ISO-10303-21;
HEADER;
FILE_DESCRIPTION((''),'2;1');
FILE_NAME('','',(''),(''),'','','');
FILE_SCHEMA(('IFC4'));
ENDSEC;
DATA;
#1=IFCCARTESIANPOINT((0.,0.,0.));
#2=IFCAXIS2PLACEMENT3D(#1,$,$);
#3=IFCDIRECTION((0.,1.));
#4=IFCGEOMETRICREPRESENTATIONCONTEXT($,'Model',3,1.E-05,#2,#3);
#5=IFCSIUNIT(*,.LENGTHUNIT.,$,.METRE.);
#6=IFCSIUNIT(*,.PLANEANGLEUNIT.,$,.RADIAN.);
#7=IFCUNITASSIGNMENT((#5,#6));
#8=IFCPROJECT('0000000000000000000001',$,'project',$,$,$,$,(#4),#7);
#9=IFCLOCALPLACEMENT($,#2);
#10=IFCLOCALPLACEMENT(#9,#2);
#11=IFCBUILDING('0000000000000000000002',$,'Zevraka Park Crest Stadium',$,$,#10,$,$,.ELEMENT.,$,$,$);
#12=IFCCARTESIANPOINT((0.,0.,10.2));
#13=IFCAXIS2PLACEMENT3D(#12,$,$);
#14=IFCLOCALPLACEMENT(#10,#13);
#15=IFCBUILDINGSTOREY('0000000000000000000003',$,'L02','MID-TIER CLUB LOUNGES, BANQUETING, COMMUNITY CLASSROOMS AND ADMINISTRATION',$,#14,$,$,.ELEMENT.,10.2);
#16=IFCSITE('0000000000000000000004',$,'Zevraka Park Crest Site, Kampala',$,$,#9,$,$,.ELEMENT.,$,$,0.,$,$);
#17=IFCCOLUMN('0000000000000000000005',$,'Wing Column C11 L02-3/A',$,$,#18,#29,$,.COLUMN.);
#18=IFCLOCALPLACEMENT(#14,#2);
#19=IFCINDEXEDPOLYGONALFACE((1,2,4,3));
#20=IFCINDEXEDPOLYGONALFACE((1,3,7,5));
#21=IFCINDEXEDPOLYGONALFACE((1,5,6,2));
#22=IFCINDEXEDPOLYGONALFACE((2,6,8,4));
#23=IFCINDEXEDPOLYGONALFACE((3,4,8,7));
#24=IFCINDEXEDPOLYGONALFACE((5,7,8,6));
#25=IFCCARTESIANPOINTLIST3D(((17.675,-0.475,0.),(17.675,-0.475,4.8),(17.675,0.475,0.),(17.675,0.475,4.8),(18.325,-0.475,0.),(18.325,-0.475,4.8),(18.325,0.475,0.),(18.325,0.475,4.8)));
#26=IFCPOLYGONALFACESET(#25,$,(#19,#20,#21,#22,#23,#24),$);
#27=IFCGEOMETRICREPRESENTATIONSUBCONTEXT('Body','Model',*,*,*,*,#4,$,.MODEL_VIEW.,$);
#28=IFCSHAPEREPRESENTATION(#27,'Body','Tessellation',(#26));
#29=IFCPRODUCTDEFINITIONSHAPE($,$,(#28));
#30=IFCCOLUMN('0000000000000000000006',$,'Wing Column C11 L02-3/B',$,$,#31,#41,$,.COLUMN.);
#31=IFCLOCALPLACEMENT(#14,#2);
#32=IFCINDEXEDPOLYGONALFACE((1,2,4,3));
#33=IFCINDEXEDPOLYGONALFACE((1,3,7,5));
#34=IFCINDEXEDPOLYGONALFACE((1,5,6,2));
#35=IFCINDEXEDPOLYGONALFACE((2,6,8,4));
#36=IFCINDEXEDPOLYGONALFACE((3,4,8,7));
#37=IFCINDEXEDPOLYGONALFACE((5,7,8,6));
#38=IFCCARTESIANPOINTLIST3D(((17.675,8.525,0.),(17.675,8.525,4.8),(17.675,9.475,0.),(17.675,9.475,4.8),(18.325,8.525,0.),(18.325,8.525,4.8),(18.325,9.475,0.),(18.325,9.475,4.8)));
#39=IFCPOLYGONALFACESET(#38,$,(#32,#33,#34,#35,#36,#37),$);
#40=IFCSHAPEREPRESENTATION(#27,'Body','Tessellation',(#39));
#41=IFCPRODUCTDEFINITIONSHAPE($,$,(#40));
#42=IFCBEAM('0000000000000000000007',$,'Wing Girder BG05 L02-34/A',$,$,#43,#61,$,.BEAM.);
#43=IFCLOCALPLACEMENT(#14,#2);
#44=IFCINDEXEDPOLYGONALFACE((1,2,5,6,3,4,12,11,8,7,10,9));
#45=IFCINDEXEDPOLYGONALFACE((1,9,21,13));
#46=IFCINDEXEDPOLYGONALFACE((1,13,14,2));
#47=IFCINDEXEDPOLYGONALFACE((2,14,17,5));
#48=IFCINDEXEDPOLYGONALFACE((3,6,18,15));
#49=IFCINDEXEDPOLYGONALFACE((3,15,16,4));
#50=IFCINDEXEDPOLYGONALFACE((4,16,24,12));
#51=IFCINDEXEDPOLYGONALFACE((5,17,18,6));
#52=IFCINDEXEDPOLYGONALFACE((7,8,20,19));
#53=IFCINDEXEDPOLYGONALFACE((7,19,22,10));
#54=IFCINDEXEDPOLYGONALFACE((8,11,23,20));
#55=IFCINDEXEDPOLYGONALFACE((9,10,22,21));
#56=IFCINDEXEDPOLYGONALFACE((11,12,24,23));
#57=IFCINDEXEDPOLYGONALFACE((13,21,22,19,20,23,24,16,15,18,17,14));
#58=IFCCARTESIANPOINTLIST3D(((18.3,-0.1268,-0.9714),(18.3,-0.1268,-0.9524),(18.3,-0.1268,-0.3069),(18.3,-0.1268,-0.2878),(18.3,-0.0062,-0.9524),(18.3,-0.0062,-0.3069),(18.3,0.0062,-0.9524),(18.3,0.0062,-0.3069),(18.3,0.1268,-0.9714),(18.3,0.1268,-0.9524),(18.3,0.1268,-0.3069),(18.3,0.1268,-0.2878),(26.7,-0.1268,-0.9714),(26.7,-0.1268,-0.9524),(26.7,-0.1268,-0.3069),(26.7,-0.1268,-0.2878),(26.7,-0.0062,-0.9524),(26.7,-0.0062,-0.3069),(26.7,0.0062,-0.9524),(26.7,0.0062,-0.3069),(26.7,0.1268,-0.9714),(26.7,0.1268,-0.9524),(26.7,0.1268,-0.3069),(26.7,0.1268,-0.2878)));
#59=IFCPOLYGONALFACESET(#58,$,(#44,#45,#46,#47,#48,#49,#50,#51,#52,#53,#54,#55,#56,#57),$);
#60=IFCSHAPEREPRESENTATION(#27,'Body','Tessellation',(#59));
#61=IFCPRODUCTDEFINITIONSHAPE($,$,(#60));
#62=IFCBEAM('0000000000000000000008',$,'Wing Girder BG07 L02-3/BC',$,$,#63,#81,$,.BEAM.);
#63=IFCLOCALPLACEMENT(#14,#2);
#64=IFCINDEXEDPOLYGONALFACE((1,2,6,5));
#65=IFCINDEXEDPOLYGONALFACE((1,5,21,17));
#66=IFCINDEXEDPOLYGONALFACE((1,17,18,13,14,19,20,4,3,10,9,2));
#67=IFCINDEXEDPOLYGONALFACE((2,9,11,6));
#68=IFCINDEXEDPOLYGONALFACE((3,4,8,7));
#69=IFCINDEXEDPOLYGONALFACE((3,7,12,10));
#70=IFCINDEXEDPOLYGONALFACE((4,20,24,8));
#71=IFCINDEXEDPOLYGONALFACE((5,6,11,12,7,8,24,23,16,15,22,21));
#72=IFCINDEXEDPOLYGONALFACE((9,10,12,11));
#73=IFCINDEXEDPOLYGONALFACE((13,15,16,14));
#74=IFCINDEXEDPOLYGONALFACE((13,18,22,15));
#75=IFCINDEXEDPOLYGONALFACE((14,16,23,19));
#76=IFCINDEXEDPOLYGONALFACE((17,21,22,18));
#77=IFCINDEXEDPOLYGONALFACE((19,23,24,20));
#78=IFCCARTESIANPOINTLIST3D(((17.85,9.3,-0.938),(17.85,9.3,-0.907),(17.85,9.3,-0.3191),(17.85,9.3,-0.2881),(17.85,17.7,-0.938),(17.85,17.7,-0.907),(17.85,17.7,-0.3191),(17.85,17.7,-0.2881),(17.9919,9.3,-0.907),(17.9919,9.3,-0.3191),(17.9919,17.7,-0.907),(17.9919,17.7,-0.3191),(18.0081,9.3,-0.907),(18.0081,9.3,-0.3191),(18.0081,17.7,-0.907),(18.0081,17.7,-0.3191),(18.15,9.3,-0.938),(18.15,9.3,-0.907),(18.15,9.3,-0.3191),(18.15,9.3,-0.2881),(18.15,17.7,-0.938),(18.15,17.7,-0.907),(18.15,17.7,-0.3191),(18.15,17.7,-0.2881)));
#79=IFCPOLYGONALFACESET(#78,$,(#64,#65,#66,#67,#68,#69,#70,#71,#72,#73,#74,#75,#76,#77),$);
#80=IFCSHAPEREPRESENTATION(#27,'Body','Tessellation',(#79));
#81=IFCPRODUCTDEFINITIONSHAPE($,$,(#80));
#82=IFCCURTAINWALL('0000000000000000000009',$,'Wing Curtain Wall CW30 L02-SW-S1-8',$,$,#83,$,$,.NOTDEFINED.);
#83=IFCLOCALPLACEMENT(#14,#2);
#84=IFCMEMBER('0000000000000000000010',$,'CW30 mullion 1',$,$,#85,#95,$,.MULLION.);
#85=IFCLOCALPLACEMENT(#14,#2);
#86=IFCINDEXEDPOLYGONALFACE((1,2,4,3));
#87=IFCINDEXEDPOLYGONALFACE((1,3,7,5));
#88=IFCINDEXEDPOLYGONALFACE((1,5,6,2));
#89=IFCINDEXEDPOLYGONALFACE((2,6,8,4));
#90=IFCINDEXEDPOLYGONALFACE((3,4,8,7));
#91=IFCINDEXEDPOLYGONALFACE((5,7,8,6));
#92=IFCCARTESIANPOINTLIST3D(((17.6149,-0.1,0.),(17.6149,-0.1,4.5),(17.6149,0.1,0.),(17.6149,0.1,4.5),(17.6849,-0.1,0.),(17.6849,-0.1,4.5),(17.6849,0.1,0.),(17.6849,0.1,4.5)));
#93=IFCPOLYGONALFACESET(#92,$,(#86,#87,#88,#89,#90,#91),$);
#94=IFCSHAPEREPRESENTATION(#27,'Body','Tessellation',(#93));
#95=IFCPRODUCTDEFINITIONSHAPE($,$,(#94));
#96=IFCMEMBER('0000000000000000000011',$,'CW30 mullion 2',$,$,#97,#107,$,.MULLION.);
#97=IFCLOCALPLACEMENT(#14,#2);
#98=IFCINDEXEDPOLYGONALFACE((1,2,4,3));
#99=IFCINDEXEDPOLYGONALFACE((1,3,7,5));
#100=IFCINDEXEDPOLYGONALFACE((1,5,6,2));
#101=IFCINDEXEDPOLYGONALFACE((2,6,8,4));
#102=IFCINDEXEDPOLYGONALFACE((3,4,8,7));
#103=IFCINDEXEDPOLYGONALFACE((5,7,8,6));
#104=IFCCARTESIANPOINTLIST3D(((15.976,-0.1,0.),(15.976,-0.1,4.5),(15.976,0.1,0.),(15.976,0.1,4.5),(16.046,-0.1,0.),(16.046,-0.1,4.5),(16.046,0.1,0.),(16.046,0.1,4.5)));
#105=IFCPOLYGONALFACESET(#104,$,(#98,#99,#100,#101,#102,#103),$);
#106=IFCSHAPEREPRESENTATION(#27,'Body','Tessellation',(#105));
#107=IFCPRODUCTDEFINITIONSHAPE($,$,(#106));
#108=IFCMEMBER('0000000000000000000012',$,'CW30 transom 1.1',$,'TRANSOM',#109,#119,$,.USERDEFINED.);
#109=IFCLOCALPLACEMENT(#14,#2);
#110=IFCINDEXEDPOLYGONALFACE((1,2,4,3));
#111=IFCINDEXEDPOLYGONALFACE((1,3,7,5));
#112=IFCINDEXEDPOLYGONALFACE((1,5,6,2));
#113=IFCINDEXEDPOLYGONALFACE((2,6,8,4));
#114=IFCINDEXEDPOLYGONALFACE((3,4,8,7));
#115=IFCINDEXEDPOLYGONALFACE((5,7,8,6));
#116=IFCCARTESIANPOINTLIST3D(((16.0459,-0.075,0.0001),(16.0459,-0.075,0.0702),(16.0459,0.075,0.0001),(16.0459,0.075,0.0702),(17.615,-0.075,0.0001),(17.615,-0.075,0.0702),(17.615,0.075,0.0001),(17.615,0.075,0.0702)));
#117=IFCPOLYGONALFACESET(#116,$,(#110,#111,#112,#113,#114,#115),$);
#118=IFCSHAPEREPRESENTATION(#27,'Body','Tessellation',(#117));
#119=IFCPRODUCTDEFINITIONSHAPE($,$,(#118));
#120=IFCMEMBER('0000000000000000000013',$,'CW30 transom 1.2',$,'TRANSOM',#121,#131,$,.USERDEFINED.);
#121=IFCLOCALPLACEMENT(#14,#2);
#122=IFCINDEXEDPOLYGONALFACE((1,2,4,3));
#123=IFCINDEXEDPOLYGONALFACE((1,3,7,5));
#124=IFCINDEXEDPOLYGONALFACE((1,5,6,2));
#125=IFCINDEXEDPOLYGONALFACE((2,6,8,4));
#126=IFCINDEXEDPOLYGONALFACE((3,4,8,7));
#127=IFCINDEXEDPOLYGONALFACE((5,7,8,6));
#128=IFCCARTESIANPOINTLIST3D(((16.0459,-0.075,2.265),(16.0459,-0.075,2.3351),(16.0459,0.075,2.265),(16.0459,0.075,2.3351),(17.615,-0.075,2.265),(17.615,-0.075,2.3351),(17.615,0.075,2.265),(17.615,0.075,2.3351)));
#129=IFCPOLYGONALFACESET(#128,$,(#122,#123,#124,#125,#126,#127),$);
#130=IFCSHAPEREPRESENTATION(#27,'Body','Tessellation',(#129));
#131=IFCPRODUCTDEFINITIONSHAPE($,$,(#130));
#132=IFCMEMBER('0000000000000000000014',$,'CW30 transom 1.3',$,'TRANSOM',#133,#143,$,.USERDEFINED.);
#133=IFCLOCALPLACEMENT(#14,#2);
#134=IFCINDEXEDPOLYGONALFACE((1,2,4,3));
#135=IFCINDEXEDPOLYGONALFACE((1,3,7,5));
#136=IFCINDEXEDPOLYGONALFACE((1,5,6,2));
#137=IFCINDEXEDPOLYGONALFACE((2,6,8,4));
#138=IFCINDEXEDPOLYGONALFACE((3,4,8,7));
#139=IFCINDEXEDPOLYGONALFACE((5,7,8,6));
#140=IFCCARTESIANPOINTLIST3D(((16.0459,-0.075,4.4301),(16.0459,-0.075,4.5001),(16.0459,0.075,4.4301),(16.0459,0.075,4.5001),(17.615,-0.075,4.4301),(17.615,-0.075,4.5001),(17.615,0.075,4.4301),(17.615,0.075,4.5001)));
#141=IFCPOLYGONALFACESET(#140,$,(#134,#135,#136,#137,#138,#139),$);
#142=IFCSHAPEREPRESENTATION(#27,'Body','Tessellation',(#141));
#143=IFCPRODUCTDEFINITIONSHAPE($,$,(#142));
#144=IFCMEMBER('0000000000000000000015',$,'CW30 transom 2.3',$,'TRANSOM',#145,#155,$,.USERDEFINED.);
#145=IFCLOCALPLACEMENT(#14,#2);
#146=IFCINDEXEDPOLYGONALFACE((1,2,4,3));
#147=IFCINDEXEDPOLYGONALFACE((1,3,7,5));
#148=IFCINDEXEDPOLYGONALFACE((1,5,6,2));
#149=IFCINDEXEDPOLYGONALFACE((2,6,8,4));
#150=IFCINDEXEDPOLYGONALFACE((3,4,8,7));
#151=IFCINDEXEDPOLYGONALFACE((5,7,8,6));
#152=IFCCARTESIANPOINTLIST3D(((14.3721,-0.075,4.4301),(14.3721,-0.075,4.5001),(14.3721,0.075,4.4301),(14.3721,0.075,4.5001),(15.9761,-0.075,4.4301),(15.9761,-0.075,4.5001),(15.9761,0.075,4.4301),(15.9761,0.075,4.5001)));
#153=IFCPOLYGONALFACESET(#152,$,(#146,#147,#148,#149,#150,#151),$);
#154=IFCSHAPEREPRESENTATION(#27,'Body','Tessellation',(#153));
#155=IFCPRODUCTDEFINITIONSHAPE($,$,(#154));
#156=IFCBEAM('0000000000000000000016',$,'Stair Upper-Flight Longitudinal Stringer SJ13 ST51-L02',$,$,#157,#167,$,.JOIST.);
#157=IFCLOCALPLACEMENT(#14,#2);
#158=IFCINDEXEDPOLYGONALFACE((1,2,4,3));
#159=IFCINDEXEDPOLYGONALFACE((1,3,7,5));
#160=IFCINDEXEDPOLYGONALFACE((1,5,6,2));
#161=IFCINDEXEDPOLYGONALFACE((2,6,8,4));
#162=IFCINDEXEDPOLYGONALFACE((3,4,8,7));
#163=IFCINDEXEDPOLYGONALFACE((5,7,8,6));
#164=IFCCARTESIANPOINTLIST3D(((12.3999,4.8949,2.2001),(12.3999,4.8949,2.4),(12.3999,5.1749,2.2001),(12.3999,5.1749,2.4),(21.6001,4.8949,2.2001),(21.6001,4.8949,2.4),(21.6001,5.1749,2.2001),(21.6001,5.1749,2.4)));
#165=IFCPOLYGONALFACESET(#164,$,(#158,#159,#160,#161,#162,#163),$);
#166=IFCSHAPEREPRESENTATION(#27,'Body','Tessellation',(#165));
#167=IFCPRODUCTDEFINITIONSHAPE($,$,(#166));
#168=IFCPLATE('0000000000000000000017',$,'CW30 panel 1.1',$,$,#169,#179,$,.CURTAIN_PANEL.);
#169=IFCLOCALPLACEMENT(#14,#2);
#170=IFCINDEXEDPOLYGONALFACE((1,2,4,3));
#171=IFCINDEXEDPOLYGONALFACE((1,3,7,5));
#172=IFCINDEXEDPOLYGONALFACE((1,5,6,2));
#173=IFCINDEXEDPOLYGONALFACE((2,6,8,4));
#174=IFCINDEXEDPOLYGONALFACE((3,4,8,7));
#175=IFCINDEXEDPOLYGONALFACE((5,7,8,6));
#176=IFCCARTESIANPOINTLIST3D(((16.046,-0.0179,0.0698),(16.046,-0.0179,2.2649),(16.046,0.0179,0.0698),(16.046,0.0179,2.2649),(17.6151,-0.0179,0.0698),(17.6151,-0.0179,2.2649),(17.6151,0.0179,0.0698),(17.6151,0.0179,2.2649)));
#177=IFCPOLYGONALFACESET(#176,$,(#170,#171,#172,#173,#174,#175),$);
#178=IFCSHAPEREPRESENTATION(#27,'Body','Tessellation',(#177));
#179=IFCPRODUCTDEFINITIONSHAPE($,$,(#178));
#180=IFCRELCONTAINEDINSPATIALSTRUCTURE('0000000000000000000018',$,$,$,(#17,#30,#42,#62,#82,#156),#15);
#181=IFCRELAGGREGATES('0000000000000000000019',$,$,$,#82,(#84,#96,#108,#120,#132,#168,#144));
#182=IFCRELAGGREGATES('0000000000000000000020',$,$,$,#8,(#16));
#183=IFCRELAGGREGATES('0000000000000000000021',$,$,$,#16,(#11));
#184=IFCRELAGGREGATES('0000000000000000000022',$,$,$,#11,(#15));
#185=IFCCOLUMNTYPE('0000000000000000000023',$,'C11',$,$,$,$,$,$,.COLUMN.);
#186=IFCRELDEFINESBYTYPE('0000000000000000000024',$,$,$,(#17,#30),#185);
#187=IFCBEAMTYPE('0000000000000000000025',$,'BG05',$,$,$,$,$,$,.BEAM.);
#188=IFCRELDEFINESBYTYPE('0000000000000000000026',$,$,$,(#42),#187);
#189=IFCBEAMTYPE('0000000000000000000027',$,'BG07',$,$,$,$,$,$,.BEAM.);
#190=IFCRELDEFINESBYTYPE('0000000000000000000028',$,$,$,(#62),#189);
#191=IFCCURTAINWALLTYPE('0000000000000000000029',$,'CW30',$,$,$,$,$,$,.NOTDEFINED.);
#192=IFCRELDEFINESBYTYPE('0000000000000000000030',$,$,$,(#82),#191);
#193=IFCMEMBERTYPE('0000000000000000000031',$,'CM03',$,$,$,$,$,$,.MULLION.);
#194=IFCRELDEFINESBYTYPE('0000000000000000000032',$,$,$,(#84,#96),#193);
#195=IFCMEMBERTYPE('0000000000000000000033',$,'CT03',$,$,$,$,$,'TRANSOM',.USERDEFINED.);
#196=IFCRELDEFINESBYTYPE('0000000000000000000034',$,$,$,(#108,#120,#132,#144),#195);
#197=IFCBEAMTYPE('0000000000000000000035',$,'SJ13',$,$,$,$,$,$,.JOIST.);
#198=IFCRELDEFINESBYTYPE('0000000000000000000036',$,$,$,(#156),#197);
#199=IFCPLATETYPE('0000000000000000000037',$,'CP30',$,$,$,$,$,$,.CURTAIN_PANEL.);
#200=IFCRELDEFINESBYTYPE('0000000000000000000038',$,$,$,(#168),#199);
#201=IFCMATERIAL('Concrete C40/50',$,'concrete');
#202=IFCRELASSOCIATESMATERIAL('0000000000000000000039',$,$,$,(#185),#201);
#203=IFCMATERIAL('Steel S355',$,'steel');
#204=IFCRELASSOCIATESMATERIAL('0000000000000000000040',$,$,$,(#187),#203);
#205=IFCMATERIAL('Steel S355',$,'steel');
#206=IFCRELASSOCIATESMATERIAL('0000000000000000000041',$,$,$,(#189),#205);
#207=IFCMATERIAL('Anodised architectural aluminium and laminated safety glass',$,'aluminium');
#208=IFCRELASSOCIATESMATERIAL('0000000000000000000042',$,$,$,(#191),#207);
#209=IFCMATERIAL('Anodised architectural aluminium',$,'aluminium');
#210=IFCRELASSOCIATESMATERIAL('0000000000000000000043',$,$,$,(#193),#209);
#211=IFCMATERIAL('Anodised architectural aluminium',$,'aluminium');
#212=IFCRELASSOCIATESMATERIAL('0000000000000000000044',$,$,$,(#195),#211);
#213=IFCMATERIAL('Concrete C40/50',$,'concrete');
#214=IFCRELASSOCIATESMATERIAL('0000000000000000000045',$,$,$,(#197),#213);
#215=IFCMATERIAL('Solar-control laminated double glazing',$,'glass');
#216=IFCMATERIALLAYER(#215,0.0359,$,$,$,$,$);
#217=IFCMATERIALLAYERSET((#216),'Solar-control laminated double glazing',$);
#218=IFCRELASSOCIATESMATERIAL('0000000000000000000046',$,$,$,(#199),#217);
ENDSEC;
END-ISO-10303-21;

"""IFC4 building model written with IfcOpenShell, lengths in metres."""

from ifc_helpers import new_model, si_unit, direction, frame, origin, origin_2d, place, context, subcontext, project, spatial, rectangle, i_section, extrude, material, layer, layer_set, material_profile, profile_set, type_object, element, aggregate, save


model = new_model("IFC4")

# Units and contexts
model_context = context("Model", 3, precision=1e-05, world=origin(), true_north=direction((0.0, 1.0)))
body_context = subcontext(model_context, "Body", "Model", "MODEL_VIEW")
ifc_project = project(units=[si_unit("LENGTHUNIT", "METRE"), si_unit("PLANEANGLEUNIT", "RADIAN")], contexts=[model_context])

# Site, building, storey
site_placement = place(None, origin())
site = spatial("IfcSite", under=ifc_project, at=site_placement, Name="Zevraka Park Crest Site, Kampala", CompositionType="ELEMENT", RefElevation=0.0)
building_placement = place(site_placement, origin())
building = spatial("IfcBuilding", under=site, at=building_placement, Name="Zevraka Park Crest Stadium", CompositionType="ELEMENT")
storey_placement = place(building_placement, frame((0.0, 0.0, 10.2)))
storey = spatial("IfcBuildingStorey", under=building, at=storey_placement, Name="L02", Description="MID-TIER CLUB LOUNGES, BANQUETING, COMMUNITY CLASSROOMS AND ADMINISTRATION", CompositionType="ELEMENT", Elevation=10.2)

# Columns
ifc_material_1 = material(Name="Concrete C40/50", Category="concrete")
ifc_material_profile_1 = material_profile(ifc_material_1, rectangle(XDim=0.6499, YDim=0.95, at=origin_2d()), Name="RC 950x650")
ifc_profile_set_1 = profile_set([ifc_material_profile_1], Name="Concrete C40/50")
column_type = type_object("IfcColumnType", Name="C11", PredefinedType="COLUMN", material=ifc_profile_set_1)
for number, where, z_axis, x_axis, name in (
    (1, (18.0, 0.0, 0.0), (0.0, 0.0, 1.0), (1.0, 0.0, 0.0), "Wing Column C11 L02-3/A"),
    (2, (18.0, 9.0, 0.0), (0.0, 0.0, 1.0), (1.0, 0.0, 0.0), "Wing Column C11 L02-3/B"),
):
    element("IfcColumn", number, at=place(storey_placement, frame(where, z_axis=z_axis, x_axis=x_axis)), inside=storey, type_object=column_type, Name=name, PredefinedType="COLUMN", context=body_context, shape_type="SweptSolid", body=[
        extrude(rectangle(XDim=0.6499, YDim=0.95, at=origin_2d()), origin(), (0.0, 0.0, 1.0), 4.8),
    ])

# Beams
ifc_material_2 = material(Name="Steel S355", Category="steel")
ifc_material_profile_2 = material_profile(ifc_material_2, i_section(OverallWidth=0.2537, OverallDepth=0.6836, WebThickness=0.0125, FlangeThickness=0.019, at=origin_2d()), Name="UKB 686x254x140")
ifc_profile_set_2 = profile_set([ifc_material_profile_2], Name="Steel S355")
beam_type_1 = type_object("IfcBeamType", Name="BG05", PredefinedType="BEAM", material=ifc_profile_set_2)
beam_1_placement = place(storey_placement, frame((18.3, 0.0, -0.6296), z_axis=(1.0, 0.0, 0.0), x_axis=(0.0, 1.0, 0.0)))
element("IfcBeam", 3, at=beam_1_placement, inside=storey, type_object=beam_type_1, Name="Wing Girder BG05 L02-34/A", PredefinedType="BEAM", context=body_context, shape_type="SweptSolid", body=[
    extrude(i_section(OverallWidth=0.2537, OverallDepth=0.6836, WebThickness=0.0125, FlangeThickness=0.019, at=origin_2d()), origin(), (0.0, 0.0, 1.0), 8.3999),
])
ifc_material_3 = material(Name="Steel S355", Category="steel")
ifc_material_profile_3 = material_profile(ifc_material_3, i_section(OverallWidth=0.3, OverallDepth=0.6499, WebThickness=0.0161, FlangeThickness=0.031, at=origin_2d()), Name="HEB 650")
ifc_profile_set_3 = profile_set([ifc_material_profile_3], Name="Steel S355")
beam_type_2 = type_object("IfcBeamType", Name="BG07", PredefinedType="BEAM", material=ifc_profile_set_3)
beam_2_placement = place(storey_placement, frame((18.0, 9.3, -0.613), z_axis=(0.0, 1.0, 0.0), x_axis=(-1.0, 0.0, 0.0)))
element("IfcBeam", 4, at=beam_2_placement, inside=storey, type_object=beam_type_2, Name="Wing Girder BG07 L02-3/BC", PredefinedType="BEAM", context=body_context, shape_type="SweptSolid", body=[
    extrude(i_section(OverallWidth=0.3, OverallDepth=0.6499, WebThickness=0.0161, FlangeThickness=0.031, at=origin_2d()), origin(), (0.0, 0.0, 1.0), 8.3999),
])

# Curtain wall, members
ifc_material_4 = material(Name="Anodised architectural aluminium and laminated safety glass", Category="aluminium")
curtain_wall_type = type_object("IfcCurtainWallType", Name="CW30", PredefinedType="NOTDEFINED", material=ifc_material_4)
curtain_wall_placement = place(storey_placement, origin())
curtain_wall = element("IfcCurtainWall", 5, at=curtain_wall_placement, inside=storey, type_object=curtain_wall_type, Name="Wing Curtain Wall CW30 L02-SW-S1-8", PredefinedType="NOTDEFINED")
ifc_material_5 = material(Name="Anodised architectural aluminium", Category="aluminium")
ifc_material_profile_4 = material_profile(ifc_material_5, rectangle(XDim=0.2, YDim=0.0701, at=origin_2d()), Name="ALU MULLION 200x70")
ifc_profile_set_4 = profile_set([ifc_material_profile_4], Name="Anodised architectural aluminium")
member_type_1 = type_object("IfcMemberType", Name="CM03", PredefinedType="MULLION", material=ifc_profile_set_4)
member_1_placement = place(storey_placement, frame((17.6499, 0.0, 0.0), z_axis=(0.0, 0.0, 1.0), x_axis=(0.0, -1.0, 0.0)))
member_1 = element("IfcMember", 6, at=member_1_placement, type_object=member_type_1, Name="CW30 mullion 1", PredefinedType="MULLION", context=body_context, shape_type="SweptSolid", body=[
    extrude(rectangle(XDim=0.2, YDim=0.0701, at=origin_2d()), origin(), (0.0, 0.0, 1.0), 4.5),
])
member_2_placement = place(storey_placement, frame((16.011, 0.0, 0.0), z_axis=(0.0, 0.0, 1.0), x_axis=(0.0, -1.0, 0.0)))
member_2 = element("IfcMember", 7, at=member_2_placement, type_object=member_type_1, Name="CW30 mullion 2", PredefinedType="MULLION", context=body_context, shape_type="SweptSolid", body=[
    extrude(rectangle(XDim=0.2, YDim=0.0701, at=origin_2d()), origin(), (0.0, 0.0, 1.0), 4.5),
])
ifc_material_6 = material(Name="Anodised architectural aluminium", Category="aluminium")
ifc_material_profile_5 = material_profile(ifc_material_6, rectangle(XDim=0.1499, YDim=0.0701, at=origin_2d()), Name="ALU TRANSOM 150x70")
ifc_profile_set_5 = profile_set([ifc_material_profile_5], Name="Anodised architectural aluminium")
member_type_2 = type_object("IfcMemberType", Name="CT03", ElementType="TRANSOM", PredefinedType="USERDEFINED", material=ifc_profile_set_5)
member_3_placement = place(storey_placement, frame((17.615, 0.0, 0.0352), z_axis=(-1.0, 0.0, 0.0), x_axis=(0.0, -1.0, 0.0)))
member_3 = element("IfcMember", 8, at=member_3_placement, type_object=member_type_2, Name="CW30 transom 1.1", ObjectType="TRANSOM", PredefinedType="USERDEFINED", context=body_context, shape_type="SweptSolid", body=[
    extrude(rectangle(XDim=0.1499, YDim=0.0701, at=origin_2d()), origin(), (0.0, 0.0, 1.0), 1.5691),
])
member_4_placement = place(storey_placement, frame((17.615, 0.0, 2.3), z_axis=(-1.0, 0.0, 0.0), x_axis=(0.0, -1.0, 0.0)))
member_4 = element("IfcMember", 9, at=member_4_placement, type_object=member_type_2, Name="CW30 transom 1.2", ObjectType="TRANSOM", PredefinedType="USERDEFINED", context=body_context, shape_type="SweptSolid", body=[
    extrude(rectangle(XDim=0.1499, YDim=0.0701, at=origin_2d()), origin(), (0.0, 0.0, 1.0), 1.5691),
])
member_5_placement = place(storey_placement, frame((17.615, 0.0, 4.4651), z_axis=(-1.0, 0.0, 0.0), x_axis=(0.0, -1.0, 0.0)))
member_5 = element("IfcMember", 10, at=member_5_placement, type_object=member_type_2, Name="CW30 transom 1.3", ObjectType="TRANSOM", PredefinedType="USERDEFINED", context=body_context, shape_type="SweptSolid", body=[
    extrude(rectangle(XDim=0.1499, YDim=0.0701, at=origin_2d()), origin(), (0.0, 0.0, 1.0), 1.5691),
])
member_6_placement = place(storey_placement, frame((15.9761, 0.0, 4.4651), z_axis=(-1.0, 0.0, 0.0), x_axis=(0.0, -1.0, 0.0)))
member_6 = element("IfcMember", 11, at=member_6_placement, type_object=member_type_2, Name="CW30 transom 2.3", ObjectType="TRANSOM", PredefinedType="USERDEFINED", context=body_context, shape_type="SweptSolid", body=[
    extrude(rectangle(XDim=0.1499, YDim=0.0701, at=origin_2d()), origin(), (0.0, 0.0, 1.0), 1.604),
])

# Beam
ifc_material_7 = material(Name="Concrete C40/50", Category="concrete")
ifc_material_profile_6 = material_profile(ifc_material_7, rectangle(XDim=0.28, YDim=0.2, at=origin_2d()), Name="RC 200x280")
ifc_profile_set_6 = profile_set([ifc_material_profile_6], Name="Concrete C40/50")
beam_type_3 = type_object("IfcBeamType", Name="SJ13", PredefinedType="JOIST", material=ifc_profile_set_6)
beam_3_placement = place(storey_placement, frame((12.3999, 5.0349, 2.3), z_axis=(1.0, 0.0, 0.0), x_axis=(0.0, 1.0, 0.0)))
element("IfcBeam", 12, at=beam_3_placement, inside=storey, type_object=beam_type_3, Name="Stair Upper-Flight Longitudinal Stringer SJ13 ST51-L02", PredefinedType="JOIST", context=body_context, shape_type="SweptSolid", body=[
    extrude(rectangle(XDim=0.28, YDim=0.2, at=origin_2d()), origin(), (0.0, 0.0, 1.0), 9.2002),
])

# Plate
ifc_material_8 = material(Name="Solar-control laminated double glazing", Category="glass")
ifc_layer_1 = layer(ifc_material_8, 0.0359)
ifc_layer_set_1 = layer_set([ifc_layer_1], Name="Solar-control laminated double glazing")
plate_type = type_object("IfcPlateType", Name="CP30", PredefinedType="CURTAIN_PANEL", material=ifc_layer_set_1)
plate_1_placement = place(storey_placement, frame((16.8306, 0.0, 0.0698), z_axis=(0.0, 0.0, 1.0), x_axis=(-1.0, 0.0, 0.0)))
plate_1 = element("IfcPlate", 13, at=plate_1_placement, type_object=plate_type, Name="CW30 panel 1.1", PredefinedType="CURTAIN_PANEL", context=body_context, shape_type="SweptSolid", body=[
    extrude(rectangle(XDim=1.5691, YDim=0.0359, at=origin_2d()), origin(), (0.0, 0.0, 1.0), 2.1951),
])
aggregate(curtain_wall, [member_1, member_2, member_3, member_4, member_5, plate_1, member_6])

save(model, "model.ifc")
